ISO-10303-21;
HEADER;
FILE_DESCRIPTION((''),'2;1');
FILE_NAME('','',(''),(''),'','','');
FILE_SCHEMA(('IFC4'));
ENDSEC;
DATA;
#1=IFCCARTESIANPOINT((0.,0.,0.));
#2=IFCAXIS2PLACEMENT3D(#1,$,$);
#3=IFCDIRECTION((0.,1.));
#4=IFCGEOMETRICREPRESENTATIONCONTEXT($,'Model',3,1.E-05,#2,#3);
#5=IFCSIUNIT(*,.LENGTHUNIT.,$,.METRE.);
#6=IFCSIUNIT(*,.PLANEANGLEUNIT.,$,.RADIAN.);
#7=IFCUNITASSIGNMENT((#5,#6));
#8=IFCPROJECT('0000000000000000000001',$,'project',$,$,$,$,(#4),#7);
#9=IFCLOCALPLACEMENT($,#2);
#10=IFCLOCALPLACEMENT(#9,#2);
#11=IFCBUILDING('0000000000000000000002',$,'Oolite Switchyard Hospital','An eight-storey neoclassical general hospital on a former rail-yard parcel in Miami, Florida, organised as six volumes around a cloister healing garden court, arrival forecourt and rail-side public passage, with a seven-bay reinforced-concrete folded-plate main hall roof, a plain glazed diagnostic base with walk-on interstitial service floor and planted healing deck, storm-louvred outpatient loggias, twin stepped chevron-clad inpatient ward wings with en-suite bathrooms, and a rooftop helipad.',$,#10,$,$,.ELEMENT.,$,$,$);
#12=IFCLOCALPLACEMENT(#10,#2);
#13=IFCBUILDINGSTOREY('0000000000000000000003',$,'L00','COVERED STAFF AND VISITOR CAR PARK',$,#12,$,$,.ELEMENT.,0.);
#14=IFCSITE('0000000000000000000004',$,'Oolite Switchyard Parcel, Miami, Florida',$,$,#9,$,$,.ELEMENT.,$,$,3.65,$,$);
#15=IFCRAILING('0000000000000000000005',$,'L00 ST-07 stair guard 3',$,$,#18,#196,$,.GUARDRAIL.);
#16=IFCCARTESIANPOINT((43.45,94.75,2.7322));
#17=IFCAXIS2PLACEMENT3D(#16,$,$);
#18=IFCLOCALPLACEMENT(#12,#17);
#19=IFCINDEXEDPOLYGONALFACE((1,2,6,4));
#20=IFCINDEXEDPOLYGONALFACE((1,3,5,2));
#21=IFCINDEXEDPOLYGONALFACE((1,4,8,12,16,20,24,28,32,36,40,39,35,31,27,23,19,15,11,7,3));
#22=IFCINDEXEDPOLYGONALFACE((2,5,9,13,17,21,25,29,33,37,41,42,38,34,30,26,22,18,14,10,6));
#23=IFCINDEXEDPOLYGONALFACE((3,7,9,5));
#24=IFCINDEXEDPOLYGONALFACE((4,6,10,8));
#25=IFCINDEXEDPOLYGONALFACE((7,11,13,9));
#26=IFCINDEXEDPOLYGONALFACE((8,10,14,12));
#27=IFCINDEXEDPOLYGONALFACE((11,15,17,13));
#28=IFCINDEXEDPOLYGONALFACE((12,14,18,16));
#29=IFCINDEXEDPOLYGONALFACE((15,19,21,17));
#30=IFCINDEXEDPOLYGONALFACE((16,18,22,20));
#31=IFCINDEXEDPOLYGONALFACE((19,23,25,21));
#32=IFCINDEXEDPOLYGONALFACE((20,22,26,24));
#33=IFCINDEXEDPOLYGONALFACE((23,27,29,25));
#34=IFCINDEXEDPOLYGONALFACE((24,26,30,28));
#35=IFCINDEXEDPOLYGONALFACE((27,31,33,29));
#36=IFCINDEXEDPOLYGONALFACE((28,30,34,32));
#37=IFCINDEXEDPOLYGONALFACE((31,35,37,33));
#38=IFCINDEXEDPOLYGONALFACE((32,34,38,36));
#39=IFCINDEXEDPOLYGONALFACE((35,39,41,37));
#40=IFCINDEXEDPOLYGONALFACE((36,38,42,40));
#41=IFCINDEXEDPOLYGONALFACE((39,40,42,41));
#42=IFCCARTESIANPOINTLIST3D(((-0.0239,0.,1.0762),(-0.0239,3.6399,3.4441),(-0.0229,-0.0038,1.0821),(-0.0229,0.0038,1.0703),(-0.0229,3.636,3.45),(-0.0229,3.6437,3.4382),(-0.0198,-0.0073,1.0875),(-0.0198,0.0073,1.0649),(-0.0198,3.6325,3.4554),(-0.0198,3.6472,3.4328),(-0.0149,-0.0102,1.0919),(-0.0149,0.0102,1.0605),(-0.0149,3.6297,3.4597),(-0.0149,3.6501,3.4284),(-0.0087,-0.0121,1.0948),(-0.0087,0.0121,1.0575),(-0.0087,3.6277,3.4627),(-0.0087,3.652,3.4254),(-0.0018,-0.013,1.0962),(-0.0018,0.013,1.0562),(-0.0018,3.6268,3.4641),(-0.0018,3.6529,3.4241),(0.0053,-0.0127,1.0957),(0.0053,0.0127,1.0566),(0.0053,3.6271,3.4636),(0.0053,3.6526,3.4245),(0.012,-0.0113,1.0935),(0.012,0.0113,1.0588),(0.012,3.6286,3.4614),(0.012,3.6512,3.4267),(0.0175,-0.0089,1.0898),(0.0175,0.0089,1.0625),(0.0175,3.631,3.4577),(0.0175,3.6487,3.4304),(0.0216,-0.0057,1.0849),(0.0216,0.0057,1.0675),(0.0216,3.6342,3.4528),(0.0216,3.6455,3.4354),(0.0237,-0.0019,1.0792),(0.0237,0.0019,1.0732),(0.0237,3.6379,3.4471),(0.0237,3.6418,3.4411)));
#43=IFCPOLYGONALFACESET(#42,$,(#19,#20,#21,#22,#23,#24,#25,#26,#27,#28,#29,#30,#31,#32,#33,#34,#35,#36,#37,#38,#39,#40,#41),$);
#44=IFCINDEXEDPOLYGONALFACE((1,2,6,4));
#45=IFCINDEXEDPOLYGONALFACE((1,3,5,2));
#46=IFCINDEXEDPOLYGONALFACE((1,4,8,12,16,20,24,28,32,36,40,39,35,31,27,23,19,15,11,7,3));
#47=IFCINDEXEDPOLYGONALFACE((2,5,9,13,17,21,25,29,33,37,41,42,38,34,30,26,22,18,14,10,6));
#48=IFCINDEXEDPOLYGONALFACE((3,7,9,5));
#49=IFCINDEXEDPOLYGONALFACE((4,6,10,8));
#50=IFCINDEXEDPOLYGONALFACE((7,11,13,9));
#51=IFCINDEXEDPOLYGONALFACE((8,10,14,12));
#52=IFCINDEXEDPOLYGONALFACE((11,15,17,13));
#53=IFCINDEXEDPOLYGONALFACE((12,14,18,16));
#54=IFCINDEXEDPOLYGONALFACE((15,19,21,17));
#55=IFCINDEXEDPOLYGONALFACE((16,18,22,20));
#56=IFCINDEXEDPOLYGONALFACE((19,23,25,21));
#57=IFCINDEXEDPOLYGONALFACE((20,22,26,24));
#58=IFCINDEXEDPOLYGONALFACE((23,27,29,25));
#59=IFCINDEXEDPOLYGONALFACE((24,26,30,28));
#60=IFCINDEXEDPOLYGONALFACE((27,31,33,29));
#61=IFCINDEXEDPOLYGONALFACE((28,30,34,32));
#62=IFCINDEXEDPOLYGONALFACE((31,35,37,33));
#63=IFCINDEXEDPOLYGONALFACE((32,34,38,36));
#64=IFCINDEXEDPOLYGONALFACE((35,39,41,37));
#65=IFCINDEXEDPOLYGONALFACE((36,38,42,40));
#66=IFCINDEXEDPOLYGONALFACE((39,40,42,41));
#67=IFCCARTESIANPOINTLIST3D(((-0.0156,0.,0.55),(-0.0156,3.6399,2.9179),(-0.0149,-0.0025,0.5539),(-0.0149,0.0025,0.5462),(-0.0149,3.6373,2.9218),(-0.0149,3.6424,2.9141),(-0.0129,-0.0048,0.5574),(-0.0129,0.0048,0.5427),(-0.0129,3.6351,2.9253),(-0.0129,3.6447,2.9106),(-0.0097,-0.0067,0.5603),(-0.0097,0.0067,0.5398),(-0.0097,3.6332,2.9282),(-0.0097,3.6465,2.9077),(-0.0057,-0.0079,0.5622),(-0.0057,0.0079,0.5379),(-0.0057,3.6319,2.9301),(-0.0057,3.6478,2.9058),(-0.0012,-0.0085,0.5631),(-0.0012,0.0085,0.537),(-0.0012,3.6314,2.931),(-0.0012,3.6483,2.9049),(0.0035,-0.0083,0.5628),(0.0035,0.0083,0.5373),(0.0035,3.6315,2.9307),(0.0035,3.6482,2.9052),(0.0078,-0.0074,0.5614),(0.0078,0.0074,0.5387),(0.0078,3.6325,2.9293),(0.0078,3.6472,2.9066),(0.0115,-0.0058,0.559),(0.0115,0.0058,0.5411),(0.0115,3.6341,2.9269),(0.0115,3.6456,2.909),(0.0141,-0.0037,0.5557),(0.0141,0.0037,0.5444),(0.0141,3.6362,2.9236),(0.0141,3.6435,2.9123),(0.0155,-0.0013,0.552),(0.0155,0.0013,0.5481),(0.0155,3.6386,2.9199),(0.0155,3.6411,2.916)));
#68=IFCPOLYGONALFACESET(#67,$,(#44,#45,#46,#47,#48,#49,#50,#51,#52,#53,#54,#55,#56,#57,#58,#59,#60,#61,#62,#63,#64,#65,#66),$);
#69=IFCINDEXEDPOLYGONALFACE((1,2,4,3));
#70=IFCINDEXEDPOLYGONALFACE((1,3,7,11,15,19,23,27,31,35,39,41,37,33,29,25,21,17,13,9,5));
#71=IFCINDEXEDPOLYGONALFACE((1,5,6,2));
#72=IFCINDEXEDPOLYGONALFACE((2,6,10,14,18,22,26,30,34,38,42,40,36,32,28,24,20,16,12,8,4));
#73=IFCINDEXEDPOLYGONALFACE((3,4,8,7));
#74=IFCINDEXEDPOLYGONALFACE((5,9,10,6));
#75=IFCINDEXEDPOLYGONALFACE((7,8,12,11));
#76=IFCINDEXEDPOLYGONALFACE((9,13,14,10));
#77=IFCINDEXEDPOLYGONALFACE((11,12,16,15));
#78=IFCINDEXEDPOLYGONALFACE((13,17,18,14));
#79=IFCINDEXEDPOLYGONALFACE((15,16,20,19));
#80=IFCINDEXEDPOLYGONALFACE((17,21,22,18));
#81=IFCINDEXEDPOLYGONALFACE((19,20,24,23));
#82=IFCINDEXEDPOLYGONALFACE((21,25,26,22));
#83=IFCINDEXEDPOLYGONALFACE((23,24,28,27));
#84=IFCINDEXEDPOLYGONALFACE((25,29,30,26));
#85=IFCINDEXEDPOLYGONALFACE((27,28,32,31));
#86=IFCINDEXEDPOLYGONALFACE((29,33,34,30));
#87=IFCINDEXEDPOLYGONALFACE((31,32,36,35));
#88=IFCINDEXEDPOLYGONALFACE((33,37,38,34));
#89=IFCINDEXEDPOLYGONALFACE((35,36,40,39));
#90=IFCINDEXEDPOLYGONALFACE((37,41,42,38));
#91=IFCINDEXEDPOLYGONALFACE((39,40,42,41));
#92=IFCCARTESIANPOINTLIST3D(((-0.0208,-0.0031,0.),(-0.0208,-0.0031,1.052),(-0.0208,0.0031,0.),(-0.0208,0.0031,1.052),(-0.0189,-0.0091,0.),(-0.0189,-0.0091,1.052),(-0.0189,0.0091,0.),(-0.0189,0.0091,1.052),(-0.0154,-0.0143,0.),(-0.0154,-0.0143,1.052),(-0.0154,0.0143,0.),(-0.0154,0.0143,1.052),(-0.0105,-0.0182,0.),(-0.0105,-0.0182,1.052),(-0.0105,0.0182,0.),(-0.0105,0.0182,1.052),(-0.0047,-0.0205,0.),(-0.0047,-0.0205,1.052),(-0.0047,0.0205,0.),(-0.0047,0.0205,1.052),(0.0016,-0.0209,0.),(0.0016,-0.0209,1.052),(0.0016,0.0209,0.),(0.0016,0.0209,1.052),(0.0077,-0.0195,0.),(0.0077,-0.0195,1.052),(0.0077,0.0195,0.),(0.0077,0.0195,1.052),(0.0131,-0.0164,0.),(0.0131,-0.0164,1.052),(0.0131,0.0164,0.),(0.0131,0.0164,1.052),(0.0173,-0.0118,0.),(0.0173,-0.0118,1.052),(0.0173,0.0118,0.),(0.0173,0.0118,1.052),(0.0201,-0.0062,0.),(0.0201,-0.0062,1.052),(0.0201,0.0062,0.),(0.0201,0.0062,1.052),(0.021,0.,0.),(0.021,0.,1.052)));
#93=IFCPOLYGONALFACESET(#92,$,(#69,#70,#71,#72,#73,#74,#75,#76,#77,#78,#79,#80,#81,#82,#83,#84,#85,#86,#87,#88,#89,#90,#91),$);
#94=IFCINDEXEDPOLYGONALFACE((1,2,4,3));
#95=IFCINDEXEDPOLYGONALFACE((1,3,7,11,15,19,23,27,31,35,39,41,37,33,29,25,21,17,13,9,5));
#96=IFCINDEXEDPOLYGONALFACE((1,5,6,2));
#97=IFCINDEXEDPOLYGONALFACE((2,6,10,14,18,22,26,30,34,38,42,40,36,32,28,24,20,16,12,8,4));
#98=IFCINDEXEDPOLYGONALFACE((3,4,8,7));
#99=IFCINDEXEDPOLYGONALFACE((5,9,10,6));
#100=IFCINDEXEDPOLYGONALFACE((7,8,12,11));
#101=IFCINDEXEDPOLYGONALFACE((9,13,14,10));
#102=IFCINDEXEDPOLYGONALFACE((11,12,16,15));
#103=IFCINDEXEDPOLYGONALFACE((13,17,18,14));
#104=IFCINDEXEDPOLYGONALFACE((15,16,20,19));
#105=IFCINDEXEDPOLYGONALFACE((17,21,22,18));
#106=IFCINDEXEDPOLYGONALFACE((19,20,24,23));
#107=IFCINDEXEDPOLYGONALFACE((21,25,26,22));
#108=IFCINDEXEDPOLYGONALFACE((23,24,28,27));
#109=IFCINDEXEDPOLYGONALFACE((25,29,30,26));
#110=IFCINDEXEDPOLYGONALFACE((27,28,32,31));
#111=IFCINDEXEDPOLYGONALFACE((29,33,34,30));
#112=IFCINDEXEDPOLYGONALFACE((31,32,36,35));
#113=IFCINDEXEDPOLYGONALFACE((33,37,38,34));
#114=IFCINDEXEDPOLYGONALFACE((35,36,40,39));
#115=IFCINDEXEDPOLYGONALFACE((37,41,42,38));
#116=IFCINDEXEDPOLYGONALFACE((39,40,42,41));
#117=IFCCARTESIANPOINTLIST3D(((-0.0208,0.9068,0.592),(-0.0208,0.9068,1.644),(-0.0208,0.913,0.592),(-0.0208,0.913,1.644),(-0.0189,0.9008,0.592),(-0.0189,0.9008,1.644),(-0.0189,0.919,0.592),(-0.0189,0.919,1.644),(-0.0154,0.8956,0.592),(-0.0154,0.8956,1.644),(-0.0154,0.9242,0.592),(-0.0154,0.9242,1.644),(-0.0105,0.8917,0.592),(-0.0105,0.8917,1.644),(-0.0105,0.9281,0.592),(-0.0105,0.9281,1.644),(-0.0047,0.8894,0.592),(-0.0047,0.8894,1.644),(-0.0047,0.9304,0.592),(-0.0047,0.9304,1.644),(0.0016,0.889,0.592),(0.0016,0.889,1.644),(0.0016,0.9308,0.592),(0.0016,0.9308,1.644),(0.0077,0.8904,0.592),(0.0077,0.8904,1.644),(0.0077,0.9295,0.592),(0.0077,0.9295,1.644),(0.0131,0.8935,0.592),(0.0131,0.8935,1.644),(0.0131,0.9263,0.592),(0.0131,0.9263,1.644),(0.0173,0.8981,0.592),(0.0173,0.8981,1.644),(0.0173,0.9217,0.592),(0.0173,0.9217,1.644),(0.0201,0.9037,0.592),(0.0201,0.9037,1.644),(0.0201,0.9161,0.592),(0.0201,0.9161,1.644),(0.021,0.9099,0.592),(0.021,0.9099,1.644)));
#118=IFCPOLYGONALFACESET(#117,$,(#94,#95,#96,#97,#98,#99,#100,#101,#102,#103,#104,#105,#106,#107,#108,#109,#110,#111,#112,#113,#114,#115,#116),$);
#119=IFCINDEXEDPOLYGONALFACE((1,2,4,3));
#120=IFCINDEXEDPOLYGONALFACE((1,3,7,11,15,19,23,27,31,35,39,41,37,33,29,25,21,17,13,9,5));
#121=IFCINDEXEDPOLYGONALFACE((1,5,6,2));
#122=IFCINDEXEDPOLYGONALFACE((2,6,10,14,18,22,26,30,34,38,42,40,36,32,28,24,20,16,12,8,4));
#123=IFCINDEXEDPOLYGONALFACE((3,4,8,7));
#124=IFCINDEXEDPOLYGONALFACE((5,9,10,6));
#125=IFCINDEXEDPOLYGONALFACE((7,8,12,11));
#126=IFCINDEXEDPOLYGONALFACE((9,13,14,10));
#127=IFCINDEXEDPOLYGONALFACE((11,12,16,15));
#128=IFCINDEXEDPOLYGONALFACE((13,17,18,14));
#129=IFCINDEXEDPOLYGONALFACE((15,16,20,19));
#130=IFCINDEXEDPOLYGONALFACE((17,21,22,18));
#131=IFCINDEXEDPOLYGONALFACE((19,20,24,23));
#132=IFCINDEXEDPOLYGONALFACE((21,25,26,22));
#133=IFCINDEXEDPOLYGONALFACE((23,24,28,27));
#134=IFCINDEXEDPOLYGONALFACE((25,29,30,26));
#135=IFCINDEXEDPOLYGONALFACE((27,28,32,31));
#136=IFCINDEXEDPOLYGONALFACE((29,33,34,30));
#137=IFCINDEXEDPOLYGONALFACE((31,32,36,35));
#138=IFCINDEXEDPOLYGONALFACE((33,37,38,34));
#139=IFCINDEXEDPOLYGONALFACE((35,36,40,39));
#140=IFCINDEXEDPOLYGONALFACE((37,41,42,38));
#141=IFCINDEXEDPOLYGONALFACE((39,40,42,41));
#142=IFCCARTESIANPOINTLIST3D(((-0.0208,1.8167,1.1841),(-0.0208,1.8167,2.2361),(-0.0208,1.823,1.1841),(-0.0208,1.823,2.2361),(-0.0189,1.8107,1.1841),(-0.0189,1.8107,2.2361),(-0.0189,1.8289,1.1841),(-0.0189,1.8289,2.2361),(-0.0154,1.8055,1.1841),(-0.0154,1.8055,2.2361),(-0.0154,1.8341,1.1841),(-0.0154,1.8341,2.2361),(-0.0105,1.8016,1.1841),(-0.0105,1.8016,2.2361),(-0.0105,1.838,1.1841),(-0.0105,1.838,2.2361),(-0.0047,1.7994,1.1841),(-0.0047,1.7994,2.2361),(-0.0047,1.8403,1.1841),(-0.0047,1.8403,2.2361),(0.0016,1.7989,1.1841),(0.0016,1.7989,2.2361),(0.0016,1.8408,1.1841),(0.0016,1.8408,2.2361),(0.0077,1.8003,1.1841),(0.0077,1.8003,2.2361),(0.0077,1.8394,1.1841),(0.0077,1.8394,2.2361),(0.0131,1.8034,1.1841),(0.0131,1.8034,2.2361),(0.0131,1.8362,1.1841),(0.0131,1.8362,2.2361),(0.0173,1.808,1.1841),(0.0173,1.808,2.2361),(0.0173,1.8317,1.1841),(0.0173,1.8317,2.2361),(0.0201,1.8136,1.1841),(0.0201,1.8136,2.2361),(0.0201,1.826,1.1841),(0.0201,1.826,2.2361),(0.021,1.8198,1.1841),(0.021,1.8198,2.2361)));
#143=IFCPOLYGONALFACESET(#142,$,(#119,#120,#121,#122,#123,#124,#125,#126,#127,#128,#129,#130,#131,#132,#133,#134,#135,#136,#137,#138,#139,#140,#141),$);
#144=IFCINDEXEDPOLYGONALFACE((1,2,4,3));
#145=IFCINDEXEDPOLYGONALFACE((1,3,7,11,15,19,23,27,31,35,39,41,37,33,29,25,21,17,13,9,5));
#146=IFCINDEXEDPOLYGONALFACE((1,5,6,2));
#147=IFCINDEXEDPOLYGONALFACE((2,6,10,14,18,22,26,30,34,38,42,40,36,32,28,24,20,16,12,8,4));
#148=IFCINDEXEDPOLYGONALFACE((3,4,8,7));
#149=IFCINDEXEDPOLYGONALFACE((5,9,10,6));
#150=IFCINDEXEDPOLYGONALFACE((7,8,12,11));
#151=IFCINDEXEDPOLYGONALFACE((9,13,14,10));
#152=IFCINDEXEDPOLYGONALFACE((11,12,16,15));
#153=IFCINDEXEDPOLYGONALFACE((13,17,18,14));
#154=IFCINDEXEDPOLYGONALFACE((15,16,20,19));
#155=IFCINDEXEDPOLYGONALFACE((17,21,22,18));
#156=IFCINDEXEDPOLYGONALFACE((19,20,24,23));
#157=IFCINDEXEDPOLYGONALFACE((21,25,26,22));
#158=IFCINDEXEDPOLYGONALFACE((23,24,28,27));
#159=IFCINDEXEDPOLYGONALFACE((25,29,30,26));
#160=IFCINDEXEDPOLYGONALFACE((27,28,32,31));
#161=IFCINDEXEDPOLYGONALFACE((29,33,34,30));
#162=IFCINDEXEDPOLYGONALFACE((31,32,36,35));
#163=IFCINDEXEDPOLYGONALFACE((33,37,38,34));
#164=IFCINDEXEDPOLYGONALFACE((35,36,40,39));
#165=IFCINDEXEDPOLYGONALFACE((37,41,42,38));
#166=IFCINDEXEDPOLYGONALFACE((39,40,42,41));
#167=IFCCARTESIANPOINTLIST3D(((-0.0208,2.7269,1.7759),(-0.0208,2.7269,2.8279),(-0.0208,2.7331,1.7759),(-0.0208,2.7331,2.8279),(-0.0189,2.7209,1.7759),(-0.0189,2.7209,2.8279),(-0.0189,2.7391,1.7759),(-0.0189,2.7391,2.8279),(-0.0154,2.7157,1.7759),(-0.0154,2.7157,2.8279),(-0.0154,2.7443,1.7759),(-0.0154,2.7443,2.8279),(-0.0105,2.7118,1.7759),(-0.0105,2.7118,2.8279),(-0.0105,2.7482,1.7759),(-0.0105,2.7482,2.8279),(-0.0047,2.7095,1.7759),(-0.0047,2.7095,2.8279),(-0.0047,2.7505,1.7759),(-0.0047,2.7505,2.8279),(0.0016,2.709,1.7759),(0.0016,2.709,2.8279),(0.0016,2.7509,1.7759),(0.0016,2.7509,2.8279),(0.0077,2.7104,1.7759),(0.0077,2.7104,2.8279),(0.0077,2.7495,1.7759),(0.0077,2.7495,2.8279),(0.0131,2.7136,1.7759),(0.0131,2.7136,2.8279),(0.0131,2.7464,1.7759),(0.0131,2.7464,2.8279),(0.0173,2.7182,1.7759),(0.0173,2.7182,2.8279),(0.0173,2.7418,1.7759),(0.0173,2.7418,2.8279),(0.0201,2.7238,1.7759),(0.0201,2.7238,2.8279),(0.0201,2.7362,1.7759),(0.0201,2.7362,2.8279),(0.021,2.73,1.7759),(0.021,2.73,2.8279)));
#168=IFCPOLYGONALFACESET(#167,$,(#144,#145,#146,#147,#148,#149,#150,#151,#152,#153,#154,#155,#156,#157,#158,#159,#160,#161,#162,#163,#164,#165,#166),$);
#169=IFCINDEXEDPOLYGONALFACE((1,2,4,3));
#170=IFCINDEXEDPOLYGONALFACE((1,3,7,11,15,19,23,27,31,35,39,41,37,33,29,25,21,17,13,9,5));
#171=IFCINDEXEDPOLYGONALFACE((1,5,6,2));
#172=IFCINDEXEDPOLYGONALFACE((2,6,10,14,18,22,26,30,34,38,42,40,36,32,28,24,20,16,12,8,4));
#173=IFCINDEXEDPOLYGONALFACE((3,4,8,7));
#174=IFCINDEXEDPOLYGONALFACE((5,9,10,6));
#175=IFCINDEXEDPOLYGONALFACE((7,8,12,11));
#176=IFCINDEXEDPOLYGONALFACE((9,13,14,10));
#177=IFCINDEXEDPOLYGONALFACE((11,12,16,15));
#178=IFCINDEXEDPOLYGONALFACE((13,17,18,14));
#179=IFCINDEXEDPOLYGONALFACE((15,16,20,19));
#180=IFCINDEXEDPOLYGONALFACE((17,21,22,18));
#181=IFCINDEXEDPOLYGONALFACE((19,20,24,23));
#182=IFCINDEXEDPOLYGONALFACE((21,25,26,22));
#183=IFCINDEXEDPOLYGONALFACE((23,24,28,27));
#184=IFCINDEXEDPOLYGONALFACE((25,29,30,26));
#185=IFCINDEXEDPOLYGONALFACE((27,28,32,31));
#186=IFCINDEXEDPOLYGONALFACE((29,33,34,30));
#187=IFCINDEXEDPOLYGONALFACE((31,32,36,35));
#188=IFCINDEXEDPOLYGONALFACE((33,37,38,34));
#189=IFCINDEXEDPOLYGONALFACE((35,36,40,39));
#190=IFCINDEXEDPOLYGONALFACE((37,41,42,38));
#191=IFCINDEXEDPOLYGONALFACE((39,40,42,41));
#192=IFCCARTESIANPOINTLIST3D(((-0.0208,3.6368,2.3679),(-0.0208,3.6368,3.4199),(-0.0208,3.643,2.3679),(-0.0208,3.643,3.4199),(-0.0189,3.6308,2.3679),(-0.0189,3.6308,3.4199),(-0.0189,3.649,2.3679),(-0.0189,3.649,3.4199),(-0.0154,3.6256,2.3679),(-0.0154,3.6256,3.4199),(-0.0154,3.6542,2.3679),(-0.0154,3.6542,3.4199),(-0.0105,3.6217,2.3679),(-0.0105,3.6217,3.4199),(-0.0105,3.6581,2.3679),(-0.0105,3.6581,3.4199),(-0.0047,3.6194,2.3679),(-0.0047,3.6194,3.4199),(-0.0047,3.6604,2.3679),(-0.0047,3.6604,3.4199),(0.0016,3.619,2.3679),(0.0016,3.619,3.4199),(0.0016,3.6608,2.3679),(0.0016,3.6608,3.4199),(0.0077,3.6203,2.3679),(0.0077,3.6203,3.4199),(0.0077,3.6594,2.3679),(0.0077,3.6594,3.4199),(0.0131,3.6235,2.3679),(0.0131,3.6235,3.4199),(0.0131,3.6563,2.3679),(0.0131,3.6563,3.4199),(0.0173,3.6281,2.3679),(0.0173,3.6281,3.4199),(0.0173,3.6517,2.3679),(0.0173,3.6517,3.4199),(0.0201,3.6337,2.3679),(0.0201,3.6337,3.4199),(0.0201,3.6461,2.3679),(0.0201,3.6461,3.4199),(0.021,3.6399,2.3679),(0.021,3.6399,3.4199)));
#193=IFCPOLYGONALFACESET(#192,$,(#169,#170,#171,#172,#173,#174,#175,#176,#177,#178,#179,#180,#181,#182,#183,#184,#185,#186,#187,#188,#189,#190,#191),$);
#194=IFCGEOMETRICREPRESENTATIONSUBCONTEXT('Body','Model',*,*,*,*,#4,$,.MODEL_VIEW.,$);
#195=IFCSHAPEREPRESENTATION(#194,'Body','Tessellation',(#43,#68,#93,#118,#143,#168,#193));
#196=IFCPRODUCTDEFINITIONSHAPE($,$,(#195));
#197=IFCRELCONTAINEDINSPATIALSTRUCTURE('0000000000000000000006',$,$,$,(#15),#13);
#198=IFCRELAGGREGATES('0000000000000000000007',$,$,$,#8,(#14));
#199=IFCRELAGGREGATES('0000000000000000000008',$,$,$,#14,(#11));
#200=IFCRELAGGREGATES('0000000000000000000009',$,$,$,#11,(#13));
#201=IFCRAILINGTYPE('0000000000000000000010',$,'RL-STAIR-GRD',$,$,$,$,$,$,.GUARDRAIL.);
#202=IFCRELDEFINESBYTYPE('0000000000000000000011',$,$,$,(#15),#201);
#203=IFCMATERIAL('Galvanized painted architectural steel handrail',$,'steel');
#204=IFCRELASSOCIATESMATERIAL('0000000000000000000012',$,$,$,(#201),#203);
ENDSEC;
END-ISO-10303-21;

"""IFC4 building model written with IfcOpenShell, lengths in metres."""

from ifc_helpers import new_model, si_unit, direction, frame, origin, origin_2d, place, context, subcontext, project, spatial, circle, extrude, material, type_object, element, save


model = new_model("IFC4")

# Units and contexts
model_context = context("Model", 3, precision=1e-05, world=origin(), true_north=direction((0.0, 1.0)))
body_context = subcontext(model_context, "Body", "Model", "MODEL_VIEW")
ifc_project = project(units=[si_unit("LENGTHUNIT", "METRE"), si_unit("PLANEANGLEUNIT", "RADIAN")], contexts=[model_context])

# Site, building, storey
site_placement = place(None, origin())
site = spatial("IfcSite", under=ifc_project, at=site_placement, Name="Oolite Switchyard Parcel, Miami, Florida", CompositionType="ELEMENT", RefElevation=3.65)
building_placement = place(site_placement, origin())
building = spatial("IfcBuilding", under=site, at=building_placement, Name="Oolite Switchyard Hospital", Description="An eight-storey neoclassical general hospital on a former rail-yard parcel in Miami, Florida, organised as six volumes around a cloister healing garden court, arrival forecourt and rail-side public passage, with a seven-bay reinforced-concrete folded-plate main hall roof, a plain glazed diagnostic base with walk-on interstitial service floor and planted healing deck, storm-louvred outpatient loggias, twin stepped chevron-clad inpatient ward wings with en-suite bathrooms, and a rooftop helipad.", CompositionType="ELEMENT")
storey_placement = place(building_placement, origin())
storey = spatial("IfcBuildingStorey", under=building, at=storey_placement, Name="L00", Description="COVERED STAFF AND VISITOR CAR PARK", CompositionType="ELEMENT", Elevation=0.0)

# Railing
ifc_material_1 = material(Name="Galvanized painted architectural steel handrail", Category="steel")
railing_type_1 = type_object("IfcRailingType", Name="RL-STAIR-GRD", PredefinedType="GUARDRAIL", material=ifc_material_1)
railing_1_placement = place(storey_placement, frame((43.45, 94.75, 2.7322)))
element("IfcRailing", 1, at=railing_1_placement, inside=storey, type_object=railing_type_1, Name="L00 ST-07 stair guard 3", PredefinedType="GUARDRAIL", context=body_context, shape_type="SweptSolid", body=[
    extrude(circle(Radius=0.0239, at=origin_2d()), frame((0.0, 0.0, 1.0762), z_axis=(0.0, 0.838234, 0.54531), x_axis=(-1.0, 0.0, 0.0)), (0.0, 0.0, 1.0), 4.3423),
    extrude(circle(Radius=0.0156, at=origin_2d()), frame((0.0, 0.0, 0.55), z_axis=(0.0, 0.838234, 0.54531), x_axis=(-1.0, 0.0, 0.0)), (0.0, 0.0, 1.0), 4.3423),
    extrude(circle(Radius=0.021, at=origin_2d()), origin(), (0.0, 0.0, 1.0), 1.052),
    extrude(circle(Radius=0.021, at=origin_2d()), frame((0.0, 0.9099, 0.592)), (0.0, 0.0, 1.0), 1.052),
    extrude(circle(Radius=0.021, at=origin_2d()), frame((0.0, 1.8198, 1.1841)), (0.0, 0.0, 1.0), 1.052),
    extrude(circle(Radius=0.021, at=origin_2d()), frame((0.0, 2.73, 1.7759)), (0.0, 0.0, 1.0), 1.052),
    extrude(circle(Radius=0.021, at=origin_2d()), frame((0.0, 3.6399, 2.3679)), (0.0, 0.0, 1.0), 1.052),
])

save(model, "model.ifc")
